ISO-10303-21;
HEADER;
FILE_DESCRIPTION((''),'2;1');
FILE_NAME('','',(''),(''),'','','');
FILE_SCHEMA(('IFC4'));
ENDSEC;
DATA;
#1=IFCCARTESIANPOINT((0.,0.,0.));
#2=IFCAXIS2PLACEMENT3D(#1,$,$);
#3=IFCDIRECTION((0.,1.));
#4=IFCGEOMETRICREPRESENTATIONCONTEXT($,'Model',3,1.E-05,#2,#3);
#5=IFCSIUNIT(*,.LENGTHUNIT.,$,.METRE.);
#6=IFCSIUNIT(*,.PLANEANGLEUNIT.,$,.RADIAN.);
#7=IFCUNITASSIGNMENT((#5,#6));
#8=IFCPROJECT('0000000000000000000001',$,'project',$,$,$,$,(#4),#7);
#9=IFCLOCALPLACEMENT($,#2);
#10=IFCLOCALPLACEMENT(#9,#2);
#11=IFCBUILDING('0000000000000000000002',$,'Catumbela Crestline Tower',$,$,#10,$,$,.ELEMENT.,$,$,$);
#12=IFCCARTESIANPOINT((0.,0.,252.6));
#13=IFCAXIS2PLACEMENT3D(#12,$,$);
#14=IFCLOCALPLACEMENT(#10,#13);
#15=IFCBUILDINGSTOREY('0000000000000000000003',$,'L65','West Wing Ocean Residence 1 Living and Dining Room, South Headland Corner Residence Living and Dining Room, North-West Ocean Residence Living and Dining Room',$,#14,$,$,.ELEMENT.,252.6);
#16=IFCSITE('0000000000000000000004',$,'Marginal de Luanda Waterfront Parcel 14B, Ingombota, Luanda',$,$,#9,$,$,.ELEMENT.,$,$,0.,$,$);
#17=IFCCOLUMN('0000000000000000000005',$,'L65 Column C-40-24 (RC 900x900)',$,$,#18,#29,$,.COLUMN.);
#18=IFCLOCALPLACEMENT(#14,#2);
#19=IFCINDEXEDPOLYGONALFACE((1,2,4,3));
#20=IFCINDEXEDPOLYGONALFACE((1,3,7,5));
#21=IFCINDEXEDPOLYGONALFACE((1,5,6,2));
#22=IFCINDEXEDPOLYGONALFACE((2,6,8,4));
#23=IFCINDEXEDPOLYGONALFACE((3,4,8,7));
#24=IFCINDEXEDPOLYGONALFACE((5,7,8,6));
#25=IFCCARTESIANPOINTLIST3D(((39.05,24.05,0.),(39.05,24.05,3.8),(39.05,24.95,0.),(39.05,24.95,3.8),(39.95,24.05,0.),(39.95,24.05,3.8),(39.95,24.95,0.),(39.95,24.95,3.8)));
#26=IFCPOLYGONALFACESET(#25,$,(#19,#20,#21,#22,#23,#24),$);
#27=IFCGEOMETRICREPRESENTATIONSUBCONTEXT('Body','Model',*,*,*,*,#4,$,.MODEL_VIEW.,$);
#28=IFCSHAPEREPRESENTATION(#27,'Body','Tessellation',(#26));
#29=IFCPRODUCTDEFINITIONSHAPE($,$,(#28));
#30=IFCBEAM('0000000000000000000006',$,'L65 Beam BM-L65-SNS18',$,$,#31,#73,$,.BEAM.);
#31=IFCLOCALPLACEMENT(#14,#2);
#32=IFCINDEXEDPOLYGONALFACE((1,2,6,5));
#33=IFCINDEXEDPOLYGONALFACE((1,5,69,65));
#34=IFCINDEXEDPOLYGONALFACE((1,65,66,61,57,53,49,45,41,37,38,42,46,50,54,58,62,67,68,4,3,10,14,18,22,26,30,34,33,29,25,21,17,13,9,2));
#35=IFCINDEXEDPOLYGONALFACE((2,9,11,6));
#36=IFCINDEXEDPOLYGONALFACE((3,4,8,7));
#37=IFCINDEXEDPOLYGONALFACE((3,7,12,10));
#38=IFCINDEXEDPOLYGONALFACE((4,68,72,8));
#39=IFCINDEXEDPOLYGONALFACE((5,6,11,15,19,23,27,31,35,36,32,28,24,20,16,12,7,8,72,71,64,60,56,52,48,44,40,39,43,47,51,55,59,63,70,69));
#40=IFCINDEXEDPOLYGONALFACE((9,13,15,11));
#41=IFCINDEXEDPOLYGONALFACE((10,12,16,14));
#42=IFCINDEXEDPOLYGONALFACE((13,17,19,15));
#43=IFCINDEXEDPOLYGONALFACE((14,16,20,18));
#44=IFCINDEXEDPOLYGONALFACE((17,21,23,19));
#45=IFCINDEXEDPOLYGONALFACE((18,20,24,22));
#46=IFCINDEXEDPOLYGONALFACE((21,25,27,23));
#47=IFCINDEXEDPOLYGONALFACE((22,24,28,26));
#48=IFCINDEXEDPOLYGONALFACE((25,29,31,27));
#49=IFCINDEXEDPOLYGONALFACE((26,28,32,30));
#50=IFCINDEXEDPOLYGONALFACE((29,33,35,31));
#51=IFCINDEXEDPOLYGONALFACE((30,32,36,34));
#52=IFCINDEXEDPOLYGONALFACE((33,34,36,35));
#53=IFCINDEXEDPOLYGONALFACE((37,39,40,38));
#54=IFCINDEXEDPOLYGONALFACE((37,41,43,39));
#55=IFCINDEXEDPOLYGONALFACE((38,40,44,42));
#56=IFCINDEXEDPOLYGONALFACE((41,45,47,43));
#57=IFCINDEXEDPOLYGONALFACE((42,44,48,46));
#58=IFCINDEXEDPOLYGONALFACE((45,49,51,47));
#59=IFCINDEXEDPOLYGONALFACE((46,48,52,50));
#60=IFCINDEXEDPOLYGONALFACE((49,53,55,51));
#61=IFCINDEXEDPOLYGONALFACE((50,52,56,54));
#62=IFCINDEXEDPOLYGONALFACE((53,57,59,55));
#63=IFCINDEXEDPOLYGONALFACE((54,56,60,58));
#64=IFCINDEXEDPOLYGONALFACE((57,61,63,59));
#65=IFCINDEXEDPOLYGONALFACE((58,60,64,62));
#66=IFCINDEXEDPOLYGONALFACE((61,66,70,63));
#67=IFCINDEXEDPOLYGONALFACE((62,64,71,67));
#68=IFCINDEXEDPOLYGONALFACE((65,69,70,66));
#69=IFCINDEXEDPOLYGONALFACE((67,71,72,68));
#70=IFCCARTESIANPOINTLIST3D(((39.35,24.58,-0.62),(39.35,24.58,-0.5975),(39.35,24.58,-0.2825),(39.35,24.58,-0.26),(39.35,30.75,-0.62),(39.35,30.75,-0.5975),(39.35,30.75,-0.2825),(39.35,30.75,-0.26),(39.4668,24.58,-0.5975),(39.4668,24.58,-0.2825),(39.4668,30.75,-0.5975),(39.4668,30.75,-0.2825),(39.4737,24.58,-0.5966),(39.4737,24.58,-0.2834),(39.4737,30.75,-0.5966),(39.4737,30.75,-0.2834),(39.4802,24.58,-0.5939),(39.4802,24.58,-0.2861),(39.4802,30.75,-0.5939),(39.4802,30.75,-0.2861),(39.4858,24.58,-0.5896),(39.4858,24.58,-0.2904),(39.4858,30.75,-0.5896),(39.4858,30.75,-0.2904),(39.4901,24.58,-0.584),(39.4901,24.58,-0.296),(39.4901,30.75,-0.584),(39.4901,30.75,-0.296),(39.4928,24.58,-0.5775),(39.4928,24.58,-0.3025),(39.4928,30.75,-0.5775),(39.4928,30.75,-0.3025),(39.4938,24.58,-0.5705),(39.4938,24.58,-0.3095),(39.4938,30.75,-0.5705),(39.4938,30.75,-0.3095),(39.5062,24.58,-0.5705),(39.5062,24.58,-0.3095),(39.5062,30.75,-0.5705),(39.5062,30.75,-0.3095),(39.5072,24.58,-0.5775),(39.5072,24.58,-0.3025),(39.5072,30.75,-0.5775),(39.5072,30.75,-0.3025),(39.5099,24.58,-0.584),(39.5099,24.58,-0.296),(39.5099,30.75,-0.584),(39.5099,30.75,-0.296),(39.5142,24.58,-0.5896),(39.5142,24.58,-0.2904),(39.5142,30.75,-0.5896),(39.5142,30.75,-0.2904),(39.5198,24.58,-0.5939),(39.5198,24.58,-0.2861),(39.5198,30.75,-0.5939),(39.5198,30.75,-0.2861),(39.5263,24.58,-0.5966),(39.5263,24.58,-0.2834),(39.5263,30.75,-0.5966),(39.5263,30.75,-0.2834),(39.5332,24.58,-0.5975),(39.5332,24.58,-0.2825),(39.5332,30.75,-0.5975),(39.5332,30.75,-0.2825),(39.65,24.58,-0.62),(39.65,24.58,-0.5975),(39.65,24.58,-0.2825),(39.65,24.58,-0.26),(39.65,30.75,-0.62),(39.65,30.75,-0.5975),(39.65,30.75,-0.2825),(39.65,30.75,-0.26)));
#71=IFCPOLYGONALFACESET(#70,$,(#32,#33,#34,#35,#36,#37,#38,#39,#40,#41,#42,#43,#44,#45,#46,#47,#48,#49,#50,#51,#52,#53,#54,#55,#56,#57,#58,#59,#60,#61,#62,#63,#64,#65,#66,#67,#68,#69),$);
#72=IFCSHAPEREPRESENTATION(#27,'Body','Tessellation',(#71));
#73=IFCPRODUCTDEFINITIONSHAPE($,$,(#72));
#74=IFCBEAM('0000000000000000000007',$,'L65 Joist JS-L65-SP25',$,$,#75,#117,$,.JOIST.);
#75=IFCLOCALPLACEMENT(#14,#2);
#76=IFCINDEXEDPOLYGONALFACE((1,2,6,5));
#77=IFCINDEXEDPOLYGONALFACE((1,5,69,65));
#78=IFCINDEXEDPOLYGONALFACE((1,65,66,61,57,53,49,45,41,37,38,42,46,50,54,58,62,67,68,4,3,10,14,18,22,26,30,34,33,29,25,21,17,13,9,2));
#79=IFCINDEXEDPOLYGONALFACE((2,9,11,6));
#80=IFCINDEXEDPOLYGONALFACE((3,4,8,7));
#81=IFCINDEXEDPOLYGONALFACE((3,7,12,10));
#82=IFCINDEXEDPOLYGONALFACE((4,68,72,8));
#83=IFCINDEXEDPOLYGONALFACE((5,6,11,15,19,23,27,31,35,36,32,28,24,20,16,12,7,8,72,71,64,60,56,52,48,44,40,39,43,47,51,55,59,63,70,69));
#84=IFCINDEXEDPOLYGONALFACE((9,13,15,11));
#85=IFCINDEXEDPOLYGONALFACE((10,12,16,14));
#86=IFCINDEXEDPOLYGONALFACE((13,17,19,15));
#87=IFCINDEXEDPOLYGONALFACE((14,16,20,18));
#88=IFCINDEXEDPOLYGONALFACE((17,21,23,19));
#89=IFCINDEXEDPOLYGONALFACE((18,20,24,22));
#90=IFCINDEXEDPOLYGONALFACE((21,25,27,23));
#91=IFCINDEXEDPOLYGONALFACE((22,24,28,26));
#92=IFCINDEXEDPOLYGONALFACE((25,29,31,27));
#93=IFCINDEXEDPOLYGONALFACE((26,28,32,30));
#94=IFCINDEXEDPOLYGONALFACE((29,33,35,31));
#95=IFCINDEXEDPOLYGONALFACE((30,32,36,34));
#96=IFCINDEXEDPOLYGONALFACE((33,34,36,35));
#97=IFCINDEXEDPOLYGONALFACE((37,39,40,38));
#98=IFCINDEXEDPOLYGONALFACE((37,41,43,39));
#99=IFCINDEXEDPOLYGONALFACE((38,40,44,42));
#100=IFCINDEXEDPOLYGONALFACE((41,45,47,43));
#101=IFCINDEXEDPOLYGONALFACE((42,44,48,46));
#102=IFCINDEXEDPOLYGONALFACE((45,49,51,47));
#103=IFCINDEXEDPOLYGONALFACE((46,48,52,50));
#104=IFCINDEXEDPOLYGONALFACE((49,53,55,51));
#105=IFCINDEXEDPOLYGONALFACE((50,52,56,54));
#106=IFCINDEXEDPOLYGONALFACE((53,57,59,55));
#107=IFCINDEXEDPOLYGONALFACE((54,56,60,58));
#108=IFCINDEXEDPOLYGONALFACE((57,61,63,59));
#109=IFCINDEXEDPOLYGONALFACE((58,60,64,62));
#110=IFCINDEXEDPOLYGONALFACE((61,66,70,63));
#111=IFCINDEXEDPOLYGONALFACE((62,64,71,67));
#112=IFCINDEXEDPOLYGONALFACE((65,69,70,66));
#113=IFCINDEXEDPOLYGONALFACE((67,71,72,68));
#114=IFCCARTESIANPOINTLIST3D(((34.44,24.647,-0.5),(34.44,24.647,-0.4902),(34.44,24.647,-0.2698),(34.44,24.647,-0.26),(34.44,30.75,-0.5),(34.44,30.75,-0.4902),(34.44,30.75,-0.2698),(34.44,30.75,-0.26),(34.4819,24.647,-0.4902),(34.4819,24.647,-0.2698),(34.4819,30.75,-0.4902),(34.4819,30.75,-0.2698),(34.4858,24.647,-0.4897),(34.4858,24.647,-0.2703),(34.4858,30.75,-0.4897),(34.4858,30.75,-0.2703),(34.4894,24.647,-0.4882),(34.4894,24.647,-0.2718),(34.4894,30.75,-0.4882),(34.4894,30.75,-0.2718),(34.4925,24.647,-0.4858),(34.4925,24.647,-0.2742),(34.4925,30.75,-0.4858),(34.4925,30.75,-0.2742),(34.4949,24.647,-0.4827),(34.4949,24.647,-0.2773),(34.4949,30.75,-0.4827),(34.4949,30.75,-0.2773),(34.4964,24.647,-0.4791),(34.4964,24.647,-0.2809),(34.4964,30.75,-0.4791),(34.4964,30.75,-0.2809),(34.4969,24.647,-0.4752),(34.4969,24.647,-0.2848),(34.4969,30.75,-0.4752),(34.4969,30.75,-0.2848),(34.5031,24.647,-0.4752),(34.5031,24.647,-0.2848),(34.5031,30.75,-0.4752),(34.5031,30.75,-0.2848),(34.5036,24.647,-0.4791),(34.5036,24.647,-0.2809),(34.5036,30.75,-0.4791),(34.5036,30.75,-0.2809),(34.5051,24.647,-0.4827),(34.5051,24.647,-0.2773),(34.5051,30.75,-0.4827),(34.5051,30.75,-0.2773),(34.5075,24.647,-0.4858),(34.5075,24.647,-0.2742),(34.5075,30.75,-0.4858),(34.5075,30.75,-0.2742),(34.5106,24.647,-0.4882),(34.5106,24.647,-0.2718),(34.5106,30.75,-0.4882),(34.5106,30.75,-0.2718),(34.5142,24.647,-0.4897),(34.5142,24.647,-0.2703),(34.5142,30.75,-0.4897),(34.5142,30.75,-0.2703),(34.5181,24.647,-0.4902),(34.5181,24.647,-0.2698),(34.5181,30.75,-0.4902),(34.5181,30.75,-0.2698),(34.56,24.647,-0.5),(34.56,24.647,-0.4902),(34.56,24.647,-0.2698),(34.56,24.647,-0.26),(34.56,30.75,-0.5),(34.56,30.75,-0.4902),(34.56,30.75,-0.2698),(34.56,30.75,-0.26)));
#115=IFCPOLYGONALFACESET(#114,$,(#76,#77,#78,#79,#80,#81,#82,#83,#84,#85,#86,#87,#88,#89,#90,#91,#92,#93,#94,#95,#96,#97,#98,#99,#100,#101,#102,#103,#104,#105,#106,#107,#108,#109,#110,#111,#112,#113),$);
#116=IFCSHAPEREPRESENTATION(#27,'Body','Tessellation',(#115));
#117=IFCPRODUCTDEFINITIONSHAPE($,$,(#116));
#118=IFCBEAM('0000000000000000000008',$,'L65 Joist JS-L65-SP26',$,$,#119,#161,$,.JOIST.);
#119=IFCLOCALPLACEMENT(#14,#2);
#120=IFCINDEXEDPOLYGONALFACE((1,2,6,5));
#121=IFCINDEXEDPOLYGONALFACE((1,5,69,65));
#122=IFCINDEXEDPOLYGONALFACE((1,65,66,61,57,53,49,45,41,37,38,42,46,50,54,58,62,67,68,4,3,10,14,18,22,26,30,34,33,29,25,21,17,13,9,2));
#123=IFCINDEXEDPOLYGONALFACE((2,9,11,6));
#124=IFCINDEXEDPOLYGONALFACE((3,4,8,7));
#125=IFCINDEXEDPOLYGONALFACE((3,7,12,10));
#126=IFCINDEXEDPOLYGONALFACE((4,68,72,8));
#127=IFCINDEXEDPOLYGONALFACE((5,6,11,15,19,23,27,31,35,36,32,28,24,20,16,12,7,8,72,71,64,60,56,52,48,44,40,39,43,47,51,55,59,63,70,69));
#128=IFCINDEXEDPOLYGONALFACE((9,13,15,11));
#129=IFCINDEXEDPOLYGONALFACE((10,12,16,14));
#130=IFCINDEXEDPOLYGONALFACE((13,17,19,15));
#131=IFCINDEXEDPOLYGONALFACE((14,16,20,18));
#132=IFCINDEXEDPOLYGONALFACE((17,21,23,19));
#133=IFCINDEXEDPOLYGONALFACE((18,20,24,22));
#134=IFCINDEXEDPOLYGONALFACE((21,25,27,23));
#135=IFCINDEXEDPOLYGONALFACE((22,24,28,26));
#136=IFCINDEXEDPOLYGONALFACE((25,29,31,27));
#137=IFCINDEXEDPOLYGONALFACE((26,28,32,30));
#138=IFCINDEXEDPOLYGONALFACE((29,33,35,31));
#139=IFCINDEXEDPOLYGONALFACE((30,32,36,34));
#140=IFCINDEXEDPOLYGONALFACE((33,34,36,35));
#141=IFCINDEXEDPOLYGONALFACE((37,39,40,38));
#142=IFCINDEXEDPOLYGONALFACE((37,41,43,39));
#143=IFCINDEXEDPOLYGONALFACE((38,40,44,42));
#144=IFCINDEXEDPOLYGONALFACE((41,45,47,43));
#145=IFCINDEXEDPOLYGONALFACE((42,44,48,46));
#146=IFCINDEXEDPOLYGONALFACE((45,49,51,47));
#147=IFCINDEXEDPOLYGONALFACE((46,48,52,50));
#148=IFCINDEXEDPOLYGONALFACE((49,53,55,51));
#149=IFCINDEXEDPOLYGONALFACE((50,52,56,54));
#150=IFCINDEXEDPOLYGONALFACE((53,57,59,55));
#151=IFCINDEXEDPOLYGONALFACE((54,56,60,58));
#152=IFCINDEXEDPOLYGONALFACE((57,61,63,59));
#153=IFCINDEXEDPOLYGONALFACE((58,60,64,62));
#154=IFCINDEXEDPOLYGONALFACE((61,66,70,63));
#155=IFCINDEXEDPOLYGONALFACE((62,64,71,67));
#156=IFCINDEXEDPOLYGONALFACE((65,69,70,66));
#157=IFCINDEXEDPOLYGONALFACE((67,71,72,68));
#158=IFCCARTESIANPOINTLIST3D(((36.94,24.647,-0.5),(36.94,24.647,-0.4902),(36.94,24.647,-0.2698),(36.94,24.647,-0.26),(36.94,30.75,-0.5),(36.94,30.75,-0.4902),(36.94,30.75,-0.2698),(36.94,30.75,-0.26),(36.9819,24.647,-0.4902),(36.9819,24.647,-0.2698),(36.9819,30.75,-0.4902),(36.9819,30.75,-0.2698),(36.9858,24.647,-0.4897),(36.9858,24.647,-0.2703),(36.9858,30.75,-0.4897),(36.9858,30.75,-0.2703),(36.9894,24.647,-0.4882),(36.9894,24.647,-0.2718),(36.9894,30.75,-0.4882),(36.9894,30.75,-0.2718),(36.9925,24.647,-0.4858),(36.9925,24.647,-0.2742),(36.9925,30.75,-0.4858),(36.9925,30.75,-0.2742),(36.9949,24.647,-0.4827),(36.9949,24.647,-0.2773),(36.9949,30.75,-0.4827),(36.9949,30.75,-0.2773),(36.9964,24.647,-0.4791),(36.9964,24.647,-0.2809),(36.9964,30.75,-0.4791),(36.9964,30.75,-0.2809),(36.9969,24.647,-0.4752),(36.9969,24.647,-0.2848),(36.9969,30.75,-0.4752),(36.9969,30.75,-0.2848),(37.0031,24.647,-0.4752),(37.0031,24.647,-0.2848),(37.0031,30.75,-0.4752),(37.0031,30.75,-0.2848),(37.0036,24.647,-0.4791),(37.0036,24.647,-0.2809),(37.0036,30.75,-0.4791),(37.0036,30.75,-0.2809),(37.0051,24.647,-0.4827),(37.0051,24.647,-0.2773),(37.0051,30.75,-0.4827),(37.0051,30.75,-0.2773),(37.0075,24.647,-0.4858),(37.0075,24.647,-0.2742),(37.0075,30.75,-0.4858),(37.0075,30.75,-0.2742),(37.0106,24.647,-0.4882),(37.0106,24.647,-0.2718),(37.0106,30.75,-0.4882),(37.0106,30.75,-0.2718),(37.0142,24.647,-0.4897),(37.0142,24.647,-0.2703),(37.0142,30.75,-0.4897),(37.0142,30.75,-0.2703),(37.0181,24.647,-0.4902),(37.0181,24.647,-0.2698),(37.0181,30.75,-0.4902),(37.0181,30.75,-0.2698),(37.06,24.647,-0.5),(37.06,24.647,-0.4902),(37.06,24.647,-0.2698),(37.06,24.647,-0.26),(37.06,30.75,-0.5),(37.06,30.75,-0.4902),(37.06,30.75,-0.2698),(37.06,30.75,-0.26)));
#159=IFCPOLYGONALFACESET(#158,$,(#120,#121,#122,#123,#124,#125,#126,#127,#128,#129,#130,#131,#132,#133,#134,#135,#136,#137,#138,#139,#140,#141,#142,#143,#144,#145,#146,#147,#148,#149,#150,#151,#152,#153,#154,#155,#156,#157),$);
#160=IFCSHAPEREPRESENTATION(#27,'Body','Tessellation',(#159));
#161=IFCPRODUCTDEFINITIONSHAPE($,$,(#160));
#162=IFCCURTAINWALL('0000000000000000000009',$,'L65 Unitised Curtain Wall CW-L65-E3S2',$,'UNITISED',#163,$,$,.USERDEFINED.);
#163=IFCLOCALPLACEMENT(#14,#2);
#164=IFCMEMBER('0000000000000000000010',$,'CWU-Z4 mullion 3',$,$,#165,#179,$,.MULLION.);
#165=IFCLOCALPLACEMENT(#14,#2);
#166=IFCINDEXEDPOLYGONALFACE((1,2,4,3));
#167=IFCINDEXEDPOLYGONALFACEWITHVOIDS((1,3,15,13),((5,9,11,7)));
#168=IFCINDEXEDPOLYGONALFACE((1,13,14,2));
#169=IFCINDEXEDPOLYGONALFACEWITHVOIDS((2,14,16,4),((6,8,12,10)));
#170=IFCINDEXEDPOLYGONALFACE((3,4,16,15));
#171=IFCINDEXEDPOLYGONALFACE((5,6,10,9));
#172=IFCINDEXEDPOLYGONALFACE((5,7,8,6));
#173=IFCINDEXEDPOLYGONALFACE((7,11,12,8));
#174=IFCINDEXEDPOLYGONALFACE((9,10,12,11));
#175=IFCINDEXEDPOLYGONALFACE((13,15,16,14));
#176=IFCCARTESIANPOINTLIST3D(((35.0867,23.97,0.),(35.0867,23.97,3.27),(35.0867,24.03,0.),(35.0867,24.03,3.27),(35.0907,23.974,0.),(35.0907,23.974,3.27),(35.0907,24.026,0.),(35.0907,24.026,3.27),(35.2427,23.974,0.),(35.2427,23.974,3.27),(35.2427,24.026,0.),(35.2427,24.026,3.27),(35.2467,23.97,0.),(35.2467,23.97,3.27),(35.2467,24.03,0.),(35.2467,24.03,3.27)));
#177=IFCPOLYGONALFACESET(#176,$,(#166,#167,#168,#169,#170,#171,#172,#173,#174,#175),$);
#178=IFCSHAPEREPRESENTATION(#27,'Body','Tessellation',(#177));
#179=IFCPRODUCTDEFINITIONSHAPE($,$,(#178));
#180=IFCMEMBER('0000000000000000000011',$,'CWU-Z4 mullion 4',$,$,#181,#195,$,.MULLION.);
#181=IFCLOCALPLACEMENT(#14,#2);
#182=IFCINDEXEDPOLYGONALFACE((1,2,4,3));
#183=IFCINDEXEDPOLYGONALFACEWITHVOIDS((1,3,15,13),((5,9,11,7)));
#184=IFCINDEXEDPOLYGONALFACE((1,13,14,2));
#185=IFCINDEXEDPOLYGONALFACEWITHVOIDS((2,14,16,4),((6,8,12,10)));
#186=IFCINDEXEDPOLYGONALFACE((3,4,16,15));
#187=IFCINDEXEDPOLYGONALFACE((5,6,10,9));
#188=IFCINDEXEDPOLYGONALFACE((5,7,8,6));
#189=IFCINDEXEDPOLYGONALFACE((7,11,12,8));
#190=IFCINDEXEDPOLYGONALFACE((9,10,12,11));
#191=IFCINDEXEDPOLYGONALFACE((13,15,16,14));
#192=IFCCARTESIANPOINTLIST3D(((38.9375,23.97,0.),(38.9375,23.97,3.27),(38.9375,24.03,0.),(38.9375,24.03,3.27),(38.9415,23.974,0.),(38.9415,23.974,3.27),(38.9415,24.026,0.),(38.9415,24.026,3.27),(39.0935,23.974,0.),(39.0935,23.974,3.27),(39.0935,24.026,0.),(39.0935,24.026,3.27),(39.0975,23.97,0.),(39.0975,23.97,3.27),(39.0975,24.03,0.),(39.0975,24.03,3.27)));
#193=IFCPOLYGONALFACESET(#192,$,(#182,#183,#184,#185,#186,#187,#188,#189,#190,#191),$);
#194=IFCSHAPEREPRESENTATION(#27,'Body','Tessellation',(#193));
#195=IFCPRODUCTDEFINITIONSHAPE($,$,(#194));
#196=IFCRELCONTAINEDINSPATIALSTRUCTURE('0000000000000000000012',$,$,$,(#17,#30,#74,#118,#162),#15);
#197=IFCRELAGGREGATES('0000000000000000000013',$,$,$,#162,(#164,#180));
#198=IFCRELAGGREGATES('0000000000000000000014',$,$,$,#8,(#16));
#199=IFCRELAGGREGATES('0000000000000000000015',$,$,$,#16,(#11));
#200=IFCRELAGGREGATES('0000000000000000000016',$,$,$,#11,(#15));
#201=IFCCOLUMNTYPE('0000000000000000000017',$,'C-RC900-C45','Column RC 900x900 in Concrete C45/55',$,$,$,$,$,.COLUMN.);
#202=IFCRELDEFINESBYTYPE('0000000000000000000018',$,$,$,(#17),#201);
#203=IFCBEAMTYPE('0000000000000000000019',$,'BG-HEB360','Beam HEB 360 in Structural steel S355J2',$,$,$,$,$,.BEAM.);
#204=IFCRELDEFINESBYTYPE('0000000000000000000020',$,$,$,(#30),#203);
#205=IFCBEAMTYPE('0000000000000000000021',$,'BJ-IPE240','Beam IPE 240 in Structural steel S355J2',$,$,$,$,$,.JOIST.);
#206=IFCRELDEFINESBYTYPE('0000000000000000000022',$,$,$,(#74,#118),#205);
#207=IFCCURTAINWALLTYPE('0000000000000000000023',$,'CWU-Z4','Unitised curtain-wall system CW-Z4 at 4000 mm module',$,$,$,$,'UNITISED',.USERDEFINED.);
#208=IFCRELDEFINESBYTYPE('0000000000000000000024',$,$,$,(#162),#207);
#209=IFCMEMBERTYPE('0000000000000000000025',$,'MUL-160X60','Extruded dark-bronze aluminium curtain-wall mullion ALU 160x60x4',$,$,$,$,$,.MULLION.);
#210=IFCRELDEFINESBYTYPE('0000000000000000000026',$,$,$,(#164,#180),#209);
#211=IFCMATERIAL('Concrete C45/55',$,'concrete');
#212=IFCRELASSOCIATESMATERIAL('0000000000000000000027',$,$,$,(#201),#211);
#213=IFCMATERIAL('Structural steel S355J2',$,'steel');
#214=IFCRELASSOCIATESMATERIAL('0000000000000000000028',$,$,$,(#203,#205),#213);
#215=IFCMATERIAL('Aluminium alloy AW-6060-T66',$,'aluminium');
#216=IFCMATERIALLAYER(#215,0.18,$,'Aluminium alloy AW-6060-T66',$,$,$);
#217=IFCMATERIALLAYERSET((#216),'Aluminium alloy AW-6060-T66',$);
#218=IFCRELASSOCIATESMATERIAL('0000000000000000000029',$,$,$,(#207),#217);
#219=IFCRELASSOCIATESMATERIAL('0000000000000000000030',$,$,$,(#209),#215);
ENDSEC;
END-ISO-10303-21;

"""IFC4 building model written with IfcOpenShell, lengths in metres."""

from ifc_helpers import new_model, si_unit, direction, frame, origin, origin_2d, place, context, subcontext, project, spatial, rectangle, hollow_rectangle, i_section, extrude, material, layer, layer_set, material_profile, profile_set, type_object, element, aggregate, save


model = new_model("IFC4")

# Units and contexts
model_context = context("Model", 3, precision=1e-05, world=origin(), true_north=direction((0.0, 1.0)))
body_context = subcontext(model_context, "Body", "Model", "MODEL_VIEW")
ifc_project = project(units=[si_unit("LENGTHUNIT", "METRE"), si_unit("PLANEANGLEUNIT", "RADIAN")], contexts=[model_context])

# Site, building, storey
site_placement = place(None, origin())
site = spatial("IfcSite", under=ifc_project, at=site_placement, Name="Marginal de Luanda Waterfront Parcel 14B, Ingombota, Luanda", CompositionType="ELEMENT", RefElevation=0.0)
building_placement = place(site_placement, origin())
building = spatial("IfcBuilding", under=site, at=building_placement, Name="Catumbela Crestline Tower", CompositionType="ELEMENT")
storey_placement = place(building_placement, frame((0.0, 0.0, 252.6)))
storey = spatial("IfcBuildingStorey", under=building, at=storey_placement, Name="L65", Description="West Wing Ocean Residence 1 Living and Dining Room, South Headland Corner Residence Living and Dining Room, North-West Ocean Residence Living and Dining Room", CompositionType="ELEMENT", Elevation=252.6)

# Column
ifc_material_1 = material(Name="Concrete C45/55", Category="concrete")
ifc_material_profile_1 = material_profile(ifc_material_1, rectangle(XDim=0.9, YDim=0.9, at=origin_2d()), Name="RC 900x900")
ifc_profile_set_1 = profile_set([ifc_material_profile_1], Name="Concrete C45/55")
column_type = type_object("IfcColumnType", Name="C-RC900-C45", Description="Column RC 900x900 in Concrete C45/55", PredefinedType="COLUMN", material=ifc_profile_set_1)
column_placement = place(storey_placement, frame((39.5, 24.5, 0.0), z_axis=(0.0, 0.0, 1.0), x_axis=(1.0, 0.0, 0.0)))
element("IfcColumn", 1, at=column_placement, inside=storey, type_object=column_type, Name="L65 Column C-40-24 (RC 900x900)", PredefinedType="COLUMN", context=body_context, shape_type="SweptSolid", body=[
    extrude(rectangle(XDim=0.9, YDim=0.9, at=origin_2d()), origin(), (0.0, 0.0, 1.0), 3.8),
])

# Beams
ifc_material_2 = material(Name="Structural steel S355J2", Category="steel")
ifc_material_profile_2 = material_profile(ifc_material_2, i_section(OverallWidth=0.3, OverallDepth=0.36, WebThickness=0.0125, FlangeThickness=0.0225, FilletRadius=0.027, at=origin_2d()), Name="HEB 360")
ifc_profile_set_2 = profile_set([ifc_material_profile_2], Name="Structural steel S355J2")
beam_type_1 = type_object("IfcBeamType", Name="BG-HEB360", Description="Beam HEB 360 in Structural steel S355J2", PredefinedType="BEAM", material=ifc_profile_set_2)
beam_1_placement = place(storey_placement, frame((39.5, 24.58, -0.44), z_axis=(0.0, 1.0, 0.0), x_axis=(-1.0, 0.0, 0.0)))
element("IfcBeam", 2, at=beam_1_placement, inside=storey, type_object=beam_type_1, Name="L65 Beam BM-L65-SNS18", PredefinedType="BEAM", context=body_context, shape_type="SweptSolid", body=[
    extrude(i_section(OverallWidth=0.3, OverallDepth=0.36, WebThickness=0.0125, FlangeThickness=0.0225, FilletRadius=0.027, at=origin_2d()), origin(), (0.0, 0.0, 1.0), 6.17),
])
ifc_material_profile_3 = material_profile(ifc_material_2, i_section(OverallWidth=0.12, OverallDepth=0.24, WebThickness=0.0062, FlangeThickness=0.0098, FilletRadius=0.015, at=origin_2d()), Name="IPE 240")
ifc_profile_set_3 = profile_set([ifc_material_profile_3], Name="Structural steel S355J2")
beam_type_2 = type_object("IfcBeamType", Name="BJ-IPE240", Description="Beam IPE 240 in Structural steel S355J2", PredefinedType="JOIST", material=ifc_profile_set_3)
for number, where, z_axis, x_axis, name in (
    (3, (34.5, 24.647, -0.38), (0.0, 1.0, 0.0), (-1.0, 0.0, 0.0), "L65 Joist JS-L65-SP25"),
    (4, (37.0, 24.647, -0.38), (0.0, 1.0, 0.0), (-1.0, 0.0, 0.0), "L65 Joist JS-L65-SP26"),
):
    element("IfcBeam", number, at=place(storey_placement, frame(where, z_axis=z_axis, x_axis=x_axis)), inside=storey, type_object=beam_type_2, Name=name, PredefinedType="JOIST", context=body_context, shape_type="SweptSolid", body=[
        extrude(i_section(OverallWidth=0.12, OverallDepth=0.24, WebThickness=0.0062, FlangeThickness=0.0098, FilletRadius=0.015, at=origin_2d()), origin(), (0.0, 0.0, 1.0), 6.103),
    ])

# Curtain wall, members
ifc_material_3 = material(Name="Aluminium alloy AW-6060-T66", Category="aluminium")
ifc_layer_1 = layer(ifc_material_3, 0.18, Name="Aluminium alloy AW-6060-T66")
ifc_layer_set_1 = layer_set([ifc_layer_1], Name="Aluminium alloy AW-6060-T66")
curtain_wall_type = type_object("IfcCurtainWallType", Name="CWU-Z4", Description="Unitised curtain-wall system CW-Z4 at 4000 mm module", ElementType="UNITISED", PredefinedType="USERDEFINED", material=ifc_layer_set_1)
curtain_wall_placement = place(storey_placement, origin())
curtain_wall = element("IfcCurtainWall", 5, at=curtain_wall_placement, inside=storey, type_object=curtain_wall_type, Name="L65 Unitised Curtain Wall CW-L65-E3S2", ObjectType="UNITISED", PredefinedType="USERDEFINED")
ifc_material_profile_4 = material_profile(ifc_material_3, hollow_rectangle(XDim=0.06, YDim=0.16, WallThickness=0.004, at=origin_2d()), Name="ALU 160x60x4")
ifc_profile_set_4 = profile_set([ifc_material_profile_4], Name="Aluminium alloy AW-6060-T66")
member_type_1 = type_object("IfcMemberType", Name="MUL-160X60", Description="Extruded dark-bronze aluminium curtain-wall mullion ALU 160x60x4", PredefinedType="MULLION", material=ifc_profile_set_4)
member_1_placement = place(storey_placement, frame((35.1667, 24.0, 0.0), z_axis=(0.0, 0.0, 1.0), x_axis=(0.0, 1.0, 0.0)))
member_1 = element("IfcMember", 6, at=member_1_placement, type_object=member_type_1, Name="CWU-Z4 mullion 3", PredefinedType="MULLION", context=body_context, shape_type="SweptSolid", body=[
    extrude(hollow_rectangle(XDim=0.06, YDim=0.16, WallThickness=0.004, at=origin_2d()), origin(), (0.0, 0.0, 1.0), 3.27),
])
member_2_placement = place(storey_placement, frame((39.0175, 24.0, 0.0), z_axis=(0.0, 0.0, 1.0), x_axis=(0.0, 1.0, 0.0)))
member_2 = element("IfcMember", 7, at=member_2_placement, type_object=member_type_1, Name="CWU-Z4 mullion 4", PredefinedType="MULLION", context=body_context, shape_type="SweptSolid", body=[
    extrude(hollow_rectangle(XDim=0.06, YDim=0.16, WallThickness=0.004, at=origin_2d()), origin(), (0.0, 0.0, 1.0), 3.27),
])

aggregate(curtain_wall, [member_1, member_2])

save(model, "model.ifc")
